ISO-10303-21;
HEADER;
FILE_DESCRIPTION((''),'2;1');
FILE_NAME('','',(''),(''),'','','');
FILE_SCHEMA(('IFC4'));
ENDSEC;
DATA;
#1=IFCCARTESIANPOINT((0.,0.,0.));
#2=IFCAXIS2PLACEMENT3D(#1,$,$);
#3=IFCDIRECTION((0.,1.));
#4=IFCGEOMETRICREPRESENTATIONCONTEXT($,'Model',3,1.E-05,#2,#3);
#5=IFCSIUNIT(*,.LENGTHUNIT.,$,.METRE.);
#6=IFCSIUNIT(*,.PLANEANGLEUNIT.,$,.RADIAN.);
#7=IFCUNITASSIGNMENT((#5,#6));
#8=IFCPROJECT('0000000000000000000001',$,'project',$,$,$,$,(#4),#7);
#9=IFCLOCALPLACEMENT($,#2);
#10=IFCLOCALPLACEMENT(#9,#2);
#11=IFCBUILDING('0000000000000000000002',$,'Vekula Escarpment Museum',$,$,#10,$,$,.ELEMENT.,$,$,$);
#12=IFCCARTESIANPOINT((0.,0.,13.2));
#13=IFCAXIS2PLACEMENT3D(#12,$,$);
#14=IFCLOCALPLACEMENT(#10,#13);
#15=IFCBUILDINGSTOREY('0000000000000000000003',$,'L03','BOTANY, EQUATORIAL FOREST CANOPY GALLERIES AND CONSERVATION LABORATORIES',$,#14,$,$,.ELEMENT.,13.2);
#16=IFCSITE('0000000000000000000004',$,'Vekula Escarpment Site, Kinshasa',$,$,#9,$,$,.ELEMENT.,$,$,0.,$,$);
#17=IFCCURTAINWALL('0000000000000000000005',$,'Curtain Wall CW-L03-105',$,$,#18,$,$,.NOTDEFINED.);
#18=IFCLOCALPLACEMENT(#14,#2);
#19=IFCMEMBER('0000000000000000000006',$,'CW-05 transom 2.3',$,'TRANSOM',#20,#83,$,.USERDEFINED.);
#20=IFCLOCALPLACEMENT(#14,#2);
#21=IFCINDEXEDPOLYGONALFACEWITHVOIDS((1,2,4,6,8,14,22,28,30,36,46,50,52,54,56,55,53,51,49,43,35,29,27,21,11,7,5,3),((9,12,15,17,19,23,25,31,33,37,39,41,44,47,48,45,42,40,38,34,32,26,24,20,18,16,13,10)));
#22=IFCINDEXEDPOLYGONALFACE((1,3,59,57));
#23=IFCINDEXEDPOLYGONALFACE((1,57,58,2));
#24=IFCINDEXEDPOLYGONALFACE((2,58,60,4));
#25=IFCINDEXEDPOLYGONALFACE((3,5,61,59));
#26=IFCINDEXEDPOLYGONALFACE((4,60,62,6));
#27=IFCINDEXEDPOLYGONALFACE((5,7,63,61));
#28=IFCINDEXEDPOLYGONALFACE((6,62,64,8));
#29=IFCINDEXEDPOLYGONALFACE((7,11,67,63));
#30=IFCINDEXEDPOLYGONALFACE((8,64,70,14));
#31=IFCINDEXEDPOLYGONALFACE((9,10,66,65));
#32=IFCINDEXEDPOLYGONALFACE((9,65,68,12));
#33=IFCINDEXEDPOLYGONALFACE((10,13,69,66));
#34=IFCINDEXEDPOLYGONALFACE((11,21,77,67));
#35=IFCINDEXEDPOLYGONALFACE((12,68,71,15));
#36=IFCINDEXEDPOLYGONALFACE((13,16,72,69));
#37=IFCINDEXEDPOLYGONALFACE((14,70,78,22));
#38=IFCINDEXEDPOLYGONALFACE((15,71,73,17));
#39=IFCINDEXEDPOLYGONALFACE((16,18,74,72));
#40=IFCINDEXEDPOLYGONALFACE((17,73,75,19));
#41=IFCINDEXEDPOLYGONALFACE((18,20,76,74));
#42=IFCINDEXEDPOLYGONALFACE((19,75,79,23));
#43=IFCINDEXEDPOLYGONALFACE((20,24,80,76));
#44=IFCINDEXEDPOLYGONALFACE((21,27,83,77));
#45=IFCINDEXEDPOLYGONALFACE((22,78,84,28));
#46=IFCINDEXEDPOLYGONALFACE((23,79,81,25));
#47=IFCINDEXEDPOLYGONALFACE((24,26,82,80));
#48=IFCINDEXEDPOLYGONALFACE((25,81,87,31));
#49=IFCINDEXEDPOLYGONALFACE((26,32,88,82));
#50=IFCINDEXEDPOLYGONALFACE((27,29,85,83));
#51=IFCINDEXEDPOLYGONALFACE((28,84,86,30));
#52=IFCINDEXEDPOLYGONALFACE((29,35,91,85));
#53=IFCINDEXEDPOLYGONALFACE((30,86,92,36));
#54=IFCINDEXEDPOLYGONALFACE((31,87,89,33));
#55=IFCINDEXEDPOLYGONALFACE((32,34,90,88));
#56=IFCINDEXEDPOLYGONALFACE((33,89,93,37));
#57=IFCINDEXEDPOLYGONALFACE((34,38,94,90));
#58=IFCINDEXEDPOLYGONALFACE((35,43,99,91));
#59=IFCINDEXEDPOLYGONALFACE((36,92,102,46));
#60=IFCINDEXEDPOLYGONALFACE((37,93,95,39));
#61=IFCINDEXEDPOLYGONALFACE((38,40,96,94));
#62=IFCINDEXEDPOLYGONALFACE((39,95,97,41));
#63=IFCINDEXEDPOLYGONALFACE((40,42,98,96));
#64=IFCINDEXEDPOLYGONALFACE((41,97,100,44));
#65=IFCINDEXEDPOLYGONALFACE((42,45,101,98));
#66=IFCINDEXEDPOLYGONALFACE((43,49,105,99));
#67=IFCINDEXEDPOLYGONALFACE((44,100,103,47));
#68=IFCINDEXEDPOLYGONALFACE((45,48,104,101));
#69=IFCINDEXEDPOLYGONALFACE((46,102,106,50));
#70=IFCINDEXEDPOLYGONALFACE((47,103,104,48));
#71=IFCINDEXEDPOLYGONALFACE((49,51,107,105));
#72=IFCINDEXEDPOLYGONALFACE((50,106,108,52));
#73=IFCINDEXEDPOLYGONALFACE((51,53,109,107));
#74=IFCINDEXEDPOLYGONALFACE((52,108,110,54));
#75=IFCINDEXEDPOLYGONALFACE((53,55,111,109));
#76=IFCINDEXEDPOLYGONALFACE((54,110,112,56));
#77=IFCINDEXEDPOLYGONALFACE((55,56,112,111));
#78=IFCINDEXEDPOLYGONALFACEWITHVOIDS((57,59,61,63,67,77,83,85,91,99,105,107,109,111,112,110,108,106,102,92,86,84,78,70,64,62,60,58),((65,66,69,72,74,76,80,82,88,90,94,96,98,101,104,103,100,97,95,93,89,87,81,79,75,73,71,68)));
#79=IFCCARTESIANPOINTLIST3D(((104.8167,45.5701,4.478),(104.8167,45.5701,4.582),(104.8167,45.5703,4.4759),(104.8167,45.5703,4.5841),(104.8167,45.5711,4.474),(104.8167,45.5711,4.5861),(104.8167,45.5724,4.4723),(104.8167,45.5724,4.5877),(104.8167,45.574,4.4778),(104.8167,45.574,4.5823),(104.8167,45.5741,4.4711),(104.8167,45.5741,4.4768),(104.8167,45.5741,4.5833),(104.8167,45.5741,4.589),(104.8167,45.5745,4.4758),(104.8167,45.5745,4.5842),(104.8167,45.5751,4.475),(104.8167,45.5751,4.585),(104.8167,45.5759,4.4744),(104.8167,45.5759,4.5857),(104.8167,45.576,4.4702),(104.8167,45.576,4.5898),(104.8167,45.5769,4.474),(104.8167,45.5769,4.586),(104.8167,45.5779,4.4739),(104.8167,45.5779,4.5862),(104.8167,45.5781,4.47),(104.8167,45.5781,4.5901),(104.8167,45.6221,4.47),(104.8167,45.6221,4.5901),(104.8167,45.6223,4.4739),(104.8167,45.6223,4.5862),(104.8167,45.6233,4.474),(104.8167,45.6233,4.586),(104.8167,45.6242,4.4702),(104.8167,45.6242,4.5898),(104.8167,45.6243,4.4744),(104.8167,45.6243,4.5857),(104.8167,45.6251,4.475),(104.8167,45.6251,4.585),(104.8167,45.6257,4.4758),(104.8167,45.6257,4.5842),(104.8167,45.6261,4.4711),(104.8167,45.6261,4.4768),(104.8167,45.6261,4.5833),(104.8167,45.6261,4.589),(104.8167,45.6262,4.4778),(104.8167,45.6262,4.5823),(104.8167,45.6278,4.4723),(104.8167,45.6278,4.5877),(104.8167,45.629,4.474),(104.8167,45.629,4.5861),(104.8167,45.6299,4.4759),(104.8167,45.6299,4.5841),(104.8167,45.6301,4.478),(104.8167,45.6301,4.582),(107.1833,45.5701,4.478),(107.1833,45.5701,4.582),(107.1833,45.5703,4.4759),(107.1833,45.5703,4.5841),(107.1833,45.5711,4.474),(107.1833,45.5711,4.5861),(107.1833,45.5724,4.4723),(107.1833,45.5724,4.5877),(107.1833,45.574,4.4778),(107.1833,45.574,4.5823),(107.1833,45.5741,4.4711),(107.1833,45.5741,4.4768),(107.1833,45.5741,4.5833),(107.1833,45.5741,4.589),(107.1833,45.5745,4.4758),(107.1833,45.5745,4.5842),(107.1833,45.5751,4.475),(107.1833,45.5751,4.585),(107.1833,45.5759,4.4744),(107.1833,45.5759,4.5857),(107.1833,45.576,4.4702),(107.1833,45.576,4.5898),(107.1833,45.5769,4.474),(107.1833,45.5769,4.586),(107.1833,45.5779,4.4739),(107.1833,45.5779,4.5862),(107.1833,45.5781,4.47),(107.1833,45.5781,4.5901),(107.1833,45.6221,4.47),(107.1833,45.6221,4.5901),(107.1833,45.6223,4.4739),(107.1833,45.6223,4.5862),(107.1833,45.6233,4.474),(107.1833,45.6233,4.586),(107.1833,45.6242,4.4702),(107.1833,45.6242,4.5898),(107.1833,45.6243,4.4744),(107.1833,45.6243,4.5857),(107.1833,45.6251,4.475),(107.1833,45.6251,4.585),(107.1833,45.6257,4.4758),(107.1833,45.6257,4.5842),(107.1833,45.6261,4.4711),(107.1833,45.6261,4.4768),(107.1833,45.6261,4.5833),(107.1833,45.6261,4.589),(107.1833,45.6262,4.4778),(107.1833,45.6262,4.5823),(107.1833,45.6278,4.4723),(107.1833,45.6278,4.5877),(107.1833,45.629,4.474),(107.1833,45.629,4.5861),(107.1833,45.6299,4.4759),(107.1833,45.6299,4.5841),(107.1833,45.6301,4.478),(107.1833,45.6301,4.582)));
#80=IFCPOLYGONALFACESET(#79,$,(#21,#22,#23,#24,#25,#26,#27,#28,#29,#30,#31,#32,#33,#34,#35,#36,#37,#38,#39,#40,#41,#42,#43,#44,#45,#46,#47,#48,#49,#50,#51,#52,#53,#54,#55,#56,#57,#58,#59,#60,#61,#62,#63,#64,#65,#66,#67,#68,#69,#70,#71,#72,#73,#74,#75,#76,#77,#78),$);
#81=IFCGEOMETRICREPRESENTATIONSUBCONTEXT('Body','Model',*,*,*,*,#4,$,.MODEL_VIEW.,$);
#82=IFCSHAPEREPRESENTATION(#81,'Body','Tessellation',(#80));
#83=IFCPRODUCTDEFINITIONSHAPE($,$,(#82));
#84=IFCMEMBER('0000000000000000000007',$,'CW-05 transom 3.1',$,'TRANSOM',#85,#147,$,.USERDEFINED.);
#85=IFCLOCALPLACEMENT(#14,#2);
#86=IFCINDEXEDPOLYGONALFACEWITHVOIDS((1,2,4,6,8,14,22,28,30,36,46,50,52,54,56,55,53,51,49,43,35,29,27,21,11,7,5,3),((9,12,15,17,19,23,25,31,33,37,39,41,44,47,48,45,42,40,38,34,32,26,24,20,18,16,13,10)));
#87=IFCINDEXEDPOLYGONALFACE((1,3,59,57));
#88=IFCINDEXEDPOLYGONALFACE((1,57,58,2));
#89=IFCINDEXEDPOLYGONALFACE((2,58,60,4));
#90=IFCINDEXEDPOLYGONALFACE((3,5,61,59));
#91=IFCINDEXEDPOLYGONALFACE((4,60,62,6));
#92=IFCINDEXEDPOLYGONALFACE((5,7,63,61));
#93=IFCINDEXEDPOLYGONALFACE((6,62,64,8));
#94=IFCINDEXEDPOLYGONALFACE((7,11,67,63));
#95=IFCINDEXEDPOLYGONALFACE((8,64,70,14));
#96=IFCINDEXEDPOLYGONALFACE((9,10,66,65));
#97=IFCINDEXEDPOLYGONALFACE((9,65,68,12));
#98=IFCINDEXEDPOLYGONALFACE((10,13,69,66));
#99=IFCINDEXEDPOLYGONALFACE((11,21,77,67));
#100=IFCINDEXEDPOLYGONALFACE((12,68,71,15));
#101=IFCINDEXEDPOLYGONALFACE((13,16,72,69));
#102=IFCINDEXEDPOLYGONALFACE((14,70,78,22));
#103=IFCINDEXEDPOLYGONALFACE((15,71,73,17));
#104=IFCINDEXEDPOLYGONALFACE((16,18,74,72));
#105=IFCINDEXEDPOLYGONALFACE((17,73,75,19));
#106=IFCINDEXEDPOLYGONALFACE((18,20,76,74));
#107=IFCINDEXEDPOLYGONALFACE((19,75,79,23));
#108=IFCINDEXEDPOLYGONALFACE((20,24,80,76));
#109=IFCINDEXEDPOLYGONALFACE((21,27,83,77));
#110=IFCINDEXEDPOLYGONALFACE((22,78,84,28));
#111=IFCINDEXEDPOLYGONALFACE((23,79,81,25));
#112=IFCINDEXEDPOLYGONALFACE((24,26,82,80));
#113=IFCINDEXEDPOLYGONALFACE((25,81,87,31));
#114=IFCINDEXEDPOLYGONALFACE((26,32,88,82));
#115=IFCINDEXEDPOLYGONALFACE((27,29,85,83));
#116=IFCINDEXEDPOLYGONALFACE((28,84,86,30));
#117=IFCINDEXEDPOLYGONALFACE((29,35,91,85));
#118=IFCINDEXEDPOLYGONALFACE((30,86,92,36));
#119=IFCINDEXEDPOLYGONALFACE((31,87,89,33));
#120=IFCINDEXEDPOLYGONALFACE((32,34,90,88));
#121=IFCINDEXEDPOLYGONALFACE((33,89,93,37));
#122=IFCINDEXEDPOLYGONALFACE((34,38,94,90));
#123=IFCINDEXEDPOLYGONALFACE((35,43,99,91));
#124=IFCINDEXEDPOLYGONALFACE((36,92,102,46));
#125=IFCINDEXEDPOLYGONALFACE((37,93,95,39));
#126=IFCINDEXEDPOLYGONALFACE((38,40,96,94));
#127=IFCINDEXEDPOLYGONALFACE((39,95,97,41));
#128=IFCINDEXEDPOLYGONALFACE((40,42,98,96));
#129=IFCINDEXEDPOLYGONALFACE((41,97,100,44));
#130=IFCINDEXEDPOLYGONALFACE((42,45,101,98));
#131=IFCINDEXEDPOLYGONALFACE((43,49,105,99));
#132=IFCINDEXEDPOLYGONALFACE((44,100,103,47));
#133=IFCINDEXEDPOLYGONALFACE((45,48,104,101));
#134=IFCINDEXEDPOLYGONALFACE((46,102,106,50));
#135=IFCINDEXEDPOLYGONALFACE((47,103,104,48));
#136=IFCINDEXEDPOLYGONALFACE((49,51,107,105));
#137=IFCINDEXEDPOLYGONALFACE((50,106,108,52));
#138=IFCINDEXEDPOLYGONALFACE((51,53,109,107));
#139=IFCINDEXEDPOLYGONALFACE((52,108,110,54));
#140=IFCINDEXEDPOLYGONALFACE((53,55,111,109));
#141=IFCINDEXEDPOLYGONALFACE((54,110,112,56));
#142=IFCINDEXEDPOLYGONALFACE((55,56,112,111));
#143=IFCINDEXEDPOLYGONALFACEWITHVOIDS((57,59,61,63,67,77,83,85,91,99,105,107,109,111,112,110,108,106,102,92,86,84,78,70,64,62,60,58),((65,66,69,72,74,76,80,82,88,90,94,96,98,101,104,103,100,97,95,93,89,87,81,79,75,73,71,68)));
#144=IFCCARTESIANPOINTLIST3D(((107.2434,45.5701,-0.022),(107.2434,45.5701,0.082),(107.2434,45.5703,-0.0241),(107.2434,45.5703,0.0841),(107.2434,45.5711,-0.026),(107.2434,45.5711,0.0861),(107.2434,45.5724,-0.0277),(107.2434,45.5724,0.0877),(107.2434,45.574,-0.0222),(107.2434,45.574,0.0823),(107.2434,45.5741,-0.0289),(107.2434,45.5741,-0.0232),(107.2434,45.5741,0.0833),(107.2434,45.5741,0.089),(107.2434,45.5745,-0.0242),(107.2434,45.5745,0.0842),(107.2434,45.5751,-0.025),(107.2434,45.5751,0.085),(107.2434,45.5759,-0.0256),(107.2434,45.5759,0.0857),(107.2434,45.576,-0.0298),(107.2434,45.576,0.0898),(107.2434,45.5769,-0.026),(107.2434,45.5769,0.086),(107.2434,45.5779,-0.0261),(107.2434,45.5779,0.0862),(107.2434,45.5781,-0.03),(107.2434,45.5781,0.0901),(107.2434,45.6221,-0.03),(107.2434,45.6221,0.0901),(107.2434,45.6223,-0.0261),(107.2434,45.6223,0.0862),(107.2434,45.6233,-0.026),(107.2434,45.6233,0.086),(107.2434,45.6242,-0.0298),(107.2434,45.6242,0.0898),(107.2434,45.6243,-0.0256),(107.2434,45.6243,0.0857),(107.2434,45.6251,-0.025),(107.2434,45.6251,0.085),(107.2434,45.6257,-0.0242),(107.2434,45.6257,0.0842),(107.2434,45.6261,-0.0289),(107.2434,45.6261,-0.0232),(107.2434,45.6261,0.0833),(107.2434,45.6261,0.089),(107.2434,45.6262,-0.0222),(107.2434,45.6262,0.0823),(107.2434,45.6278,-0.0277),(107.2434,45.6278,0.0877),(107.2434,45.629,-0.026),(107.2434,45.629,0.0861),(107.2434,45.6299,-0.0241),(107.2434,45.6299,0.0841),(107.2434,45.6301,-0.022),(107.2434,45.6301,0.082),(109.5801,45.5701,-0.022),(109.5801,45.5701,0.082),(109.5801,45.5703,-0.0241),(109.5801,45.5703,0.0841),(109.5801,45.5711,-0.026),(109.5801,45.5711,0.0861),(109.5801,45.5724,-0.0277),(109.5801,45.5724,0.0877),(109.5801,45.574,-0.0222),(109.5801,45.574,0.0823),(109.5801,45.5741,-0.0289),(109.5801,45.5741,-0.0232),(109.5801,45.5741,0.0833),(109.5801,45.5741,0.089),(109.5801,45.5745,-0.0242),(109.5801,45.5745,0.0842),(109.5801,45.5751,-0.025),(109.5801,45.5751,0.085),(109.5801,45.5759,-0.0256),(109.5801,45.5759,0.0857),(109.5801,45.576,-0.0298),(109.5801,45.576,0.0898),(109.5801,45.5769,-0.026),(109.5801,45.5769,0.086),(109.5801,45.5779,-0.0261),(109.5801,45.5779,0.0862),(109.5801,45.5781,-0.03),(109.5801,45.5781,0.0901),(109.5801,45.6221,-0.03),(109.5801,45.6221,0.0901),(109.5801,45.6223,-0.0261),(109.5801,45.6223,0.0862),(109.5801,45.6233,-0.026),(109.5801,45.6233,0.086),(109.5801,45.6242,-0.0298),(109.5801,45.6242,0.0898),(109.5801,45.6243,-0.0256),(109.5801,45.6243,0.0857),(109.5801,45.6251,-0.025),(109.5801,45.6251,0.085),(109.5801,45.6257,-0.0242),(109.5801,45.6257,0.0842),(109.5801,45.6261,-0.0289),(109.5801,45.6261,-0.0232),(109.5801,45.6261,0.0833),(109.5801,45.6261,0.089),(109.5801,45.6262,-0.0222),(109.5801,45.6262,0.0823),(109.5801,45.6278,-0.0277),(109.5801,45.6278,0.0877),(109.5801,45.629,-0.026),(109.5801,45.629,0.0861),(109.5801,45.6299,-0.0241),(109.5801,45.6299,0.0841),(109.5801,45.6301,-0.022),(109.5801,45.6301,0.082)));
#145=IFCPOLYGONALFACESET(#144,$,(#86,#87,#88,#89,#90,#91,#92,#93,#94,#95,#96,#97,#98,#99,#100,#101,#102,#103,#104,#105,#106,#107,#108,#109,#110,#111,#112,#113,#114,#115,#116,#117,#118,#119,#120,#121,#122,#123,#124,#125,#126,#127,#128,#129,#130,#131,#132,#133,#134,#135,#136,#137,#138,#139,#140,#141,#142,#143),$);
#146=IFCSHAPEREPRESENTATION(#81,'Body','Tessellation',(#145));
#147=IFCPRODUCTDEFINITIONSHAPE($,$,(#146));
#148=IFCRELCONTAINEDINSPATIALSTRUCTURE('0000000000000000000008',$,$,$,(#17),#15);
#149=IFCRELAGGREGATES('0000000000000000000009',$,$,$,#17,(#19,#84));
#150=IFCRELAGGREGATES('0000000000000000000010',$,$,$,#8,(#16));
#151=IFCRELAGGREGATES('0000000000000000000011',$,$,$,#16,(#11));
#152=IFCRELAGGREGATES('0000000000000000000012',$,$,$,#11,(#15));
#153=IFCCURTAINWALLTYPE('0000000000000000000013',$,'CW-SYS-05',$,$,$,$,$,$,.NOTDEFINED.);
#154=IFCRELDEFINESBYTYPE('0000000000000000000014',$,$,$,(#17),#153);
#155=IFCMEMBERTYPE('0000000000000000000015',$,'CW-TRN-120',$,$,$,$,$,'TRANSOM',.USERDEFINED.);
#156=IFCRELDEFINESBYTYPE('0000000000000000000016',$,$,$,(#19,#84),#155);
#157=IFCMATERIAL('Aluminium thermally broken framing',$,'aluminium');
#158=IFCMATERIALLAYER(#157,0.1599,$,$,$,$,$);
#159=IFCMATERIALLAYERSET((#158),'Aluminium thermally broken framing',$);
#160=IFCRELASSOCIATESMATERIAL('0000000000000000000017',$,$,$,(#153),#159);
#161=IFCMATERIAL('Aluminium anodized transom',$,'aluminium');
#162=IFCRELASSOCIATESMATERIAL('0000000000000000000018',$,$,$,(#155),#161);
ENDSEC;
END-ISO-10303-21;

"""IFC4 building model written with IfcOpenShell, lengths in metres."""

from ifc_helpers import new_model, si_unit, direction, frame, origin, origin_2d, place, context, subcontext, project, spatial, hollow_rectangle, extrude, material, layer, layer_set, material_profile, profile_set, type_object, element, aggregate, save


model = new_model("IFC4")

# Units and contexts
model_context = context("Model", 3, precision=1e-05, world=origin(), true_north=direction((0.0, 1.0)))
body_context = subcontext(model_context, "Body", "Model", "MODEL_VIEW")
ifc_project = project(units=[si_unit("LENGTHUNIT", "METRE"), si_unit("PLANEANGLEUNIT", "RADIAN")], contexts=[model_context])

# Site, building, storey
site_placement = place(None, origin())
site = spatial("IfcSite", under=ifc_project, at=site_placement, Name="Vekula Escarpment Site, Kinshasa", CompositionType="ELEMENT", RefElevation=0.0)
building_placement = place(site_placement, origin())
building = spatial("IfcBuilding", under=site, at=building_placement, Name="Vekula Escarpment Museum", CompositionType="ELEMENT")
storey_placement = place(building_placement, frame((0.0, 0.0, 13.2)))
storey = spatial("IfcBuildingStorey", under=building, at=storey_placement, Name="L03", Description="BOTANY, EQUATORIAL FOREST CANOPY GALLERIES AND CONSERVATION LABORATORIES", CompositionType="ELEMENT", Elevation=13.2)

# Curtain wall
ifc_material_1 = material(Name="Aluminium thermally broken framing", Category="aluminium")
ifc_layer_1 = layer(ifc_material_1, 0.1599)
ifc_layer_set_1 = layer_set([ifc_layer_1], Name="Aluminium thermally broken framing")
curtain_wall_type_1 = type_object("IfcCurtainWallType", Name="CW-SYS-05", PredefinedType="NOTDEFINED", material=ifc_layer_set_1)
curtain_wall_1_placement = place(storey_placement, origin())
curtain_wall_1 = element("IfcCurtainWall", 1, at=curtain_wall_1_placement, inside=storey, type_object=curtain_wall_type_1, Name="Curtain Wall CW-L03-105", PredefinedType="NOTDEFINED")

# Members
ifc_material_2 = material(Name="Aluminium anodized transom", Category="aluminium")
ifc_material_profile_1 = material_profile(ifc_material_2, hollow_rectangle(XDim=0.0601, YDim=0.1201, WallThickness=0.0039, InnerFilletRadius=0.0039, OuterFilletRadius=0.0081, at=origin_2d()), Name="ALU 120x60x4")
ifc_profile_set_1 = profile_set([ifc_material_profile_1], Name="Aluminium anodized transom")
member_type_1 = type_object("IfcMemberType", Name="CW-TRN-120", ElementType="TRANSOM", PredefinedType="USERDEFINED", material=ifc_profile_set_1)
member_1_placement = place(storey_placement, frame((104.8167, 45.6001, 4.53), z_axis=(1.0, 0.0, 0.0), x_axis=(0.0, 1.0, 0.0)))
member_1 = element("IfcMember", 2, at=member_1_placement, type_object=member_type_1, Name="CW-05 transom 2.3", ObjectType="TRANSOM", PredefinedType="USERDEFINED", context=body_context, shape_type="SweptSolid", body=[
    extrude(hollow_rectangle(XDim=0.0601, YDim=0.1201, WallThickness=0.0039, InnerFilletRadius=0.0039, OuterFilletRadius=0.0081, at=origin_2d()), origin(), (0.0, 0.0, 1.0), 2.3667),
])
member_2_placement = place(storey_placement, frame((107.2434, 45.6001, 0.03), z_axis=(1.0, 0.0, 0.0), x_axis=(0.0, 1.0, 0.0)))
member_2 = element("IfcMember", 3, at=member_2_placement, type_object=member_type_1, Name="CW-05 transom 3.1", ObjectType="TRANSOM", PredefinedType="USERDEFINED", context=body_context, shape_type="SweptSolid", body=[
    extrude(hollow_rectangle(XDim=0.0601, YDim=0.1201, WallThickness=0.0039, InnerFilletRadius=0.0039, OuterFilletRadius=0.0081, at=origin_2d()), origin(), (0.0, 0.0, 1.0), 2.3367),
])

aggregate(curtain_wall_1, [member_1, member_2])

save(model, "model.ifc")
